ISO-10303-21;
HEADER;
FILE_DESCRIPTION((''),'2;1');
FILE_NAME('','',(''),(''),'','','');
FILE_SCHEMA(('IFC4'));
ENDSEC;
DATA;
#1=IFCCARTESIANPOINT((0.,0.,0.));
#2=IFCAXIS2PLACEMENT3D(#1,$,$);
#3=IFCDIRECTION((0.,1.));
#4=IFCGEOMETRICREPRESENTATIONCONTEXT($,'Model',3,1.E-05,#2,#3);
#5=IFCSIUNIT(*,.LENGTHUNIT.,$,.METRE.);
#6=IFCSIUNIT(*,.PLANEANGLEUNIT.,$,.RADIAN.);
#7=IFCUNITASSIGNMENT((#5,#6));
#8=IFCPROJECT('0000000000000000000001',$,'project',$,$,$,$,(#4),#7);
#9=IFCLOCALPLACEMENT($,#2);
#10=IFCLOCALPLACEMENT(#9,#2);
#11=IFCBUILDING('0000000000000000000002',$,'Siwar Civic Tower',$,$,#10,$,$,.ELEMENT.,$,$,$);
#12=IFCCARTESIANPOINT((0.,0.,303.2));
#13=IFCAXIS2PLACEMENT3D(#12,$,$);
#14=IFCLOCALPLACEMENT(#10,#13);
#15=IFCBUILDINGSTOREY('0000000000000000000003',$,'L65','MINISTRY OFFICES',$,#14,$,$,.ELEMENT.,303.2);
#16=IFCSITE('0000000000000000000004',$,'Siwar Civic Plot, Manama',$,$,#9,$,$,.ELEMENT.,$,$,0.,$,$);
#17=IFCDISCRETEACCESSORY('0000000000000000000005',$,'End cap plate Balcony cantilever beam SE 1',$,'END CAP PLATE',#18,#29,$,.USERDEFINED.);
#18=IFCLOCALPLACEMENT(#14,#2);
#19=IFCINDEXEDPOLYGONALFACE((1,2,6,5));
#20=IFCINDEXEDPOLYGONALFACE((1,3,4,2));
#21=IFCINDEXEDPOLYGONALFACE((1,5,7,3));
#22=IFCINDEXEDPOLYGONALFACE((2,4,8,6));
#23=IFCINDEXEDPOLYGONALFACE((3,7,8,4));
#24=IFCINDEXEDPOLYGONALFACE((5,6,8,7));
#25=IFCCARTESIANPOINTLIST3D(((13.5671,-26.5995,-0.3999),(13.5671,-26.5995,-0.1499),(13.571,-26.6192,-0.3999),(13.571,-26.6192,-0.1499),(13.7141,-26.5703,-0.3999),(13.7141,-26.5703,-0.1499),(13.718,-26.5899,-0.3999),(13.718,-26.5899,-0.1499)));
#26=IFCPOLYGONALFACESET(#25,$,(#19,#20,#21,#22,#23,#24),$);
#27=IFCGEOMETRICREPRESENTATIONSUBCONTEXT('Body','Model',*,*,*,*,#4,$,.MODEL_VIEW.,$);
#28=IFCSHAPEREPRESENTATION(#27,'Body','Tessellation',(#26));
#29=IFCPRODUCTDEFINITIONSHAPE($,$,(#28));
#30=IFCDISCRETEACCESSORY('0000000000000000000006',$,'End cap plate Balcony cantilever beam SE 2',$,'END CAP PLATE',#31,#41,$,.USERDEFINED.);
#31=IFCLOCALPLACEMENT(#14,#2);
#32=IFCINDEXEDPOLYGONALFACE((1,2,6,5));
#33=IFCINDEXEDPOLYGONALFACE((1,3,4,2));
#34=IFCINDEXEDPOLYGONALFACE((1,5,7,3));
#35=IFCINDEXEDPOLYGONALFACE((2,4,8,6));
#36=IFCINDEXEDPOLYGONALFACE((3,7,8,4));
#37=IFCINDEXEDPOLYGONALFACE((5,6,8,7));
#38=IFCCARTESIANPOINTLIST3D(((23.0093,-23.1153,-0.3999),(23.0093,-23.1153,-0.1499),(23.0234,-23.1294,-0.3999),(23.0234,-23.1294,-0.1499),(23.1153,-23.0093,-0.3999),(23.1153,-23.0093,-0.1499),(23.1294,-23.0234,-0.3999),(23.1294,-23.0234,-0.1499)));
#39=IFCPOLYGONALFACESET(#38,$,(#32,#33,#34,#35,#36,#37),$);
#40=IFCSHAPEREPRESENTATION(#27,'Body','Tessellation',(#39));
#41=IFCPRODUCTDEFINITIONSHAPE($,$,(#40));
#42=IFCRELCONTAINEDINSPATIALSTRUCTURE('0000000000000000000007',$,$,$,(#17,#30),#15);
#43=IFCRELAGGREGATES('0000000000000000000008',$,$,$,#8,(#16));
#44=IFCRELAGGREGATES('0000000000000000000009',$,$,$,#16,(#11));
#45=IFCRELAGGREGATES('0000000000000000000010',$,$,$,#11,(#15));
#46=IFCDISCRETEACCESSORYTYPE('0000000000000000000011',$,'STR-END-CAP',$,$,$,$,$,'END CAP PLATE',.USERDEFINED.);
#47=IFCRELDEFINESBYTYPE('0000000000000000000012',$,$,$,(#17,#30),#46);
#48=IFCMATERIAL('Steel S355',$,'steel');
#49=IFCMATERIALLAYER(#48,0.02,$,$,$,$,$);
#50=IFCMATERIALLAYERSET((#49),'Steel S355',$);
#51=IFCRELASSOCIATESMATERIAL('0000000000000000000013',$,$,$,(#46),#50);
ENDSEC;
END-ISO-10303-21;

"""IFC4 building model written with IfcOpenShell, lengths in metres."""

from ifc_helpers import new_model, si_unit, direction, frame, origin, origin_2d, place, context, subcontext, project, spatial, rectangle, extrude, material, layer, layer_set, type_object, element, save


model = new_model("IFC4")

# Units and contexts
model_context = context("Model", 3, precision=1e-05, world=origin(), true_north=direction((0.0, 1.0)))
body_context = subcontext(model_context, "Body", "Model", "MODEL_VIEW")
ifc_project = project(units=[si_unit("LENGTHUNIT", "METRE"), si_unit("PLANEANGLEUNIT", "RADIAN")], contexts=[model_context])

# Site, building, storey
site_placement = place(None, origin())
site = spatial("IfcSite", under=ifc_project, at=site_placement, Name="Siwar Civic Plot, Manama", CompositionType="ELEMENT", RefElevation=0.0)
building_placement = place(site_placement, origin())
building = spatial("IfcBuilding", under=site, at=building_placement, Name="Siwar Civic Tower", CompositionType="ELEMENT")
storey_placement = place(building_placement, frame((0.0, 0.0, 303.2)))
storey = spatial("IfcBuildingStorey", under=building, at=storey_placement, Name="L65", Description="MINISTRY OFFICES", CompositionType="ELEMENT", Elevation=303.2)

# Discrete accessories
ifc_material_1 = material(Name="Steel S355", Category="steel")
ifc_layer_1 = layer(ifc_material_1, 0.02)
ifc_layer_set_1 = layer_set([ifc_layer_1], Name="Steel S355")
discrete_accessory_type = type_object("IfcDiscreteAccessoryType", Name="STR-END-CAP", ElementType="END CAP PLATE", PredefinedType="USERDEFINED", material=ifc_layer_set_1)
for number, where, z_axis, x_axis, name in (
    (1, (13.6426, -26.5947, -0.3999), (0.0, 0.0, 1.0), (0.19509, -0.980785, 0.0), "End cap plate Balcony cantilever beam SE 1"),
    (2, (23.0693, -23.0693, -0.3999), (0.0, 0.0, 1.0), (0.707107, -0.707107, 0.0), "End cap plate Balcony cantilever beam SE 2"),
):
    element("IfcDiscreteAccessory", number, at=place(storey_placement, frame(where, z_axis=z_axis, x_axis=x_axis)), inside=storey, type_object=discrete_accessory_type, Name=name, ObjectType="END CAP PLATE", PredefinedType="USERDEFINED", context=body_context, shape_type="SweptSolid", body=[
        extrude(rectangle(XDim=0.02, YDim=0.1499, at=origin_2d()), origin(), (0.0, 0.0, 1.0), 0.25),
    ])

save(model, "model.ifc")
